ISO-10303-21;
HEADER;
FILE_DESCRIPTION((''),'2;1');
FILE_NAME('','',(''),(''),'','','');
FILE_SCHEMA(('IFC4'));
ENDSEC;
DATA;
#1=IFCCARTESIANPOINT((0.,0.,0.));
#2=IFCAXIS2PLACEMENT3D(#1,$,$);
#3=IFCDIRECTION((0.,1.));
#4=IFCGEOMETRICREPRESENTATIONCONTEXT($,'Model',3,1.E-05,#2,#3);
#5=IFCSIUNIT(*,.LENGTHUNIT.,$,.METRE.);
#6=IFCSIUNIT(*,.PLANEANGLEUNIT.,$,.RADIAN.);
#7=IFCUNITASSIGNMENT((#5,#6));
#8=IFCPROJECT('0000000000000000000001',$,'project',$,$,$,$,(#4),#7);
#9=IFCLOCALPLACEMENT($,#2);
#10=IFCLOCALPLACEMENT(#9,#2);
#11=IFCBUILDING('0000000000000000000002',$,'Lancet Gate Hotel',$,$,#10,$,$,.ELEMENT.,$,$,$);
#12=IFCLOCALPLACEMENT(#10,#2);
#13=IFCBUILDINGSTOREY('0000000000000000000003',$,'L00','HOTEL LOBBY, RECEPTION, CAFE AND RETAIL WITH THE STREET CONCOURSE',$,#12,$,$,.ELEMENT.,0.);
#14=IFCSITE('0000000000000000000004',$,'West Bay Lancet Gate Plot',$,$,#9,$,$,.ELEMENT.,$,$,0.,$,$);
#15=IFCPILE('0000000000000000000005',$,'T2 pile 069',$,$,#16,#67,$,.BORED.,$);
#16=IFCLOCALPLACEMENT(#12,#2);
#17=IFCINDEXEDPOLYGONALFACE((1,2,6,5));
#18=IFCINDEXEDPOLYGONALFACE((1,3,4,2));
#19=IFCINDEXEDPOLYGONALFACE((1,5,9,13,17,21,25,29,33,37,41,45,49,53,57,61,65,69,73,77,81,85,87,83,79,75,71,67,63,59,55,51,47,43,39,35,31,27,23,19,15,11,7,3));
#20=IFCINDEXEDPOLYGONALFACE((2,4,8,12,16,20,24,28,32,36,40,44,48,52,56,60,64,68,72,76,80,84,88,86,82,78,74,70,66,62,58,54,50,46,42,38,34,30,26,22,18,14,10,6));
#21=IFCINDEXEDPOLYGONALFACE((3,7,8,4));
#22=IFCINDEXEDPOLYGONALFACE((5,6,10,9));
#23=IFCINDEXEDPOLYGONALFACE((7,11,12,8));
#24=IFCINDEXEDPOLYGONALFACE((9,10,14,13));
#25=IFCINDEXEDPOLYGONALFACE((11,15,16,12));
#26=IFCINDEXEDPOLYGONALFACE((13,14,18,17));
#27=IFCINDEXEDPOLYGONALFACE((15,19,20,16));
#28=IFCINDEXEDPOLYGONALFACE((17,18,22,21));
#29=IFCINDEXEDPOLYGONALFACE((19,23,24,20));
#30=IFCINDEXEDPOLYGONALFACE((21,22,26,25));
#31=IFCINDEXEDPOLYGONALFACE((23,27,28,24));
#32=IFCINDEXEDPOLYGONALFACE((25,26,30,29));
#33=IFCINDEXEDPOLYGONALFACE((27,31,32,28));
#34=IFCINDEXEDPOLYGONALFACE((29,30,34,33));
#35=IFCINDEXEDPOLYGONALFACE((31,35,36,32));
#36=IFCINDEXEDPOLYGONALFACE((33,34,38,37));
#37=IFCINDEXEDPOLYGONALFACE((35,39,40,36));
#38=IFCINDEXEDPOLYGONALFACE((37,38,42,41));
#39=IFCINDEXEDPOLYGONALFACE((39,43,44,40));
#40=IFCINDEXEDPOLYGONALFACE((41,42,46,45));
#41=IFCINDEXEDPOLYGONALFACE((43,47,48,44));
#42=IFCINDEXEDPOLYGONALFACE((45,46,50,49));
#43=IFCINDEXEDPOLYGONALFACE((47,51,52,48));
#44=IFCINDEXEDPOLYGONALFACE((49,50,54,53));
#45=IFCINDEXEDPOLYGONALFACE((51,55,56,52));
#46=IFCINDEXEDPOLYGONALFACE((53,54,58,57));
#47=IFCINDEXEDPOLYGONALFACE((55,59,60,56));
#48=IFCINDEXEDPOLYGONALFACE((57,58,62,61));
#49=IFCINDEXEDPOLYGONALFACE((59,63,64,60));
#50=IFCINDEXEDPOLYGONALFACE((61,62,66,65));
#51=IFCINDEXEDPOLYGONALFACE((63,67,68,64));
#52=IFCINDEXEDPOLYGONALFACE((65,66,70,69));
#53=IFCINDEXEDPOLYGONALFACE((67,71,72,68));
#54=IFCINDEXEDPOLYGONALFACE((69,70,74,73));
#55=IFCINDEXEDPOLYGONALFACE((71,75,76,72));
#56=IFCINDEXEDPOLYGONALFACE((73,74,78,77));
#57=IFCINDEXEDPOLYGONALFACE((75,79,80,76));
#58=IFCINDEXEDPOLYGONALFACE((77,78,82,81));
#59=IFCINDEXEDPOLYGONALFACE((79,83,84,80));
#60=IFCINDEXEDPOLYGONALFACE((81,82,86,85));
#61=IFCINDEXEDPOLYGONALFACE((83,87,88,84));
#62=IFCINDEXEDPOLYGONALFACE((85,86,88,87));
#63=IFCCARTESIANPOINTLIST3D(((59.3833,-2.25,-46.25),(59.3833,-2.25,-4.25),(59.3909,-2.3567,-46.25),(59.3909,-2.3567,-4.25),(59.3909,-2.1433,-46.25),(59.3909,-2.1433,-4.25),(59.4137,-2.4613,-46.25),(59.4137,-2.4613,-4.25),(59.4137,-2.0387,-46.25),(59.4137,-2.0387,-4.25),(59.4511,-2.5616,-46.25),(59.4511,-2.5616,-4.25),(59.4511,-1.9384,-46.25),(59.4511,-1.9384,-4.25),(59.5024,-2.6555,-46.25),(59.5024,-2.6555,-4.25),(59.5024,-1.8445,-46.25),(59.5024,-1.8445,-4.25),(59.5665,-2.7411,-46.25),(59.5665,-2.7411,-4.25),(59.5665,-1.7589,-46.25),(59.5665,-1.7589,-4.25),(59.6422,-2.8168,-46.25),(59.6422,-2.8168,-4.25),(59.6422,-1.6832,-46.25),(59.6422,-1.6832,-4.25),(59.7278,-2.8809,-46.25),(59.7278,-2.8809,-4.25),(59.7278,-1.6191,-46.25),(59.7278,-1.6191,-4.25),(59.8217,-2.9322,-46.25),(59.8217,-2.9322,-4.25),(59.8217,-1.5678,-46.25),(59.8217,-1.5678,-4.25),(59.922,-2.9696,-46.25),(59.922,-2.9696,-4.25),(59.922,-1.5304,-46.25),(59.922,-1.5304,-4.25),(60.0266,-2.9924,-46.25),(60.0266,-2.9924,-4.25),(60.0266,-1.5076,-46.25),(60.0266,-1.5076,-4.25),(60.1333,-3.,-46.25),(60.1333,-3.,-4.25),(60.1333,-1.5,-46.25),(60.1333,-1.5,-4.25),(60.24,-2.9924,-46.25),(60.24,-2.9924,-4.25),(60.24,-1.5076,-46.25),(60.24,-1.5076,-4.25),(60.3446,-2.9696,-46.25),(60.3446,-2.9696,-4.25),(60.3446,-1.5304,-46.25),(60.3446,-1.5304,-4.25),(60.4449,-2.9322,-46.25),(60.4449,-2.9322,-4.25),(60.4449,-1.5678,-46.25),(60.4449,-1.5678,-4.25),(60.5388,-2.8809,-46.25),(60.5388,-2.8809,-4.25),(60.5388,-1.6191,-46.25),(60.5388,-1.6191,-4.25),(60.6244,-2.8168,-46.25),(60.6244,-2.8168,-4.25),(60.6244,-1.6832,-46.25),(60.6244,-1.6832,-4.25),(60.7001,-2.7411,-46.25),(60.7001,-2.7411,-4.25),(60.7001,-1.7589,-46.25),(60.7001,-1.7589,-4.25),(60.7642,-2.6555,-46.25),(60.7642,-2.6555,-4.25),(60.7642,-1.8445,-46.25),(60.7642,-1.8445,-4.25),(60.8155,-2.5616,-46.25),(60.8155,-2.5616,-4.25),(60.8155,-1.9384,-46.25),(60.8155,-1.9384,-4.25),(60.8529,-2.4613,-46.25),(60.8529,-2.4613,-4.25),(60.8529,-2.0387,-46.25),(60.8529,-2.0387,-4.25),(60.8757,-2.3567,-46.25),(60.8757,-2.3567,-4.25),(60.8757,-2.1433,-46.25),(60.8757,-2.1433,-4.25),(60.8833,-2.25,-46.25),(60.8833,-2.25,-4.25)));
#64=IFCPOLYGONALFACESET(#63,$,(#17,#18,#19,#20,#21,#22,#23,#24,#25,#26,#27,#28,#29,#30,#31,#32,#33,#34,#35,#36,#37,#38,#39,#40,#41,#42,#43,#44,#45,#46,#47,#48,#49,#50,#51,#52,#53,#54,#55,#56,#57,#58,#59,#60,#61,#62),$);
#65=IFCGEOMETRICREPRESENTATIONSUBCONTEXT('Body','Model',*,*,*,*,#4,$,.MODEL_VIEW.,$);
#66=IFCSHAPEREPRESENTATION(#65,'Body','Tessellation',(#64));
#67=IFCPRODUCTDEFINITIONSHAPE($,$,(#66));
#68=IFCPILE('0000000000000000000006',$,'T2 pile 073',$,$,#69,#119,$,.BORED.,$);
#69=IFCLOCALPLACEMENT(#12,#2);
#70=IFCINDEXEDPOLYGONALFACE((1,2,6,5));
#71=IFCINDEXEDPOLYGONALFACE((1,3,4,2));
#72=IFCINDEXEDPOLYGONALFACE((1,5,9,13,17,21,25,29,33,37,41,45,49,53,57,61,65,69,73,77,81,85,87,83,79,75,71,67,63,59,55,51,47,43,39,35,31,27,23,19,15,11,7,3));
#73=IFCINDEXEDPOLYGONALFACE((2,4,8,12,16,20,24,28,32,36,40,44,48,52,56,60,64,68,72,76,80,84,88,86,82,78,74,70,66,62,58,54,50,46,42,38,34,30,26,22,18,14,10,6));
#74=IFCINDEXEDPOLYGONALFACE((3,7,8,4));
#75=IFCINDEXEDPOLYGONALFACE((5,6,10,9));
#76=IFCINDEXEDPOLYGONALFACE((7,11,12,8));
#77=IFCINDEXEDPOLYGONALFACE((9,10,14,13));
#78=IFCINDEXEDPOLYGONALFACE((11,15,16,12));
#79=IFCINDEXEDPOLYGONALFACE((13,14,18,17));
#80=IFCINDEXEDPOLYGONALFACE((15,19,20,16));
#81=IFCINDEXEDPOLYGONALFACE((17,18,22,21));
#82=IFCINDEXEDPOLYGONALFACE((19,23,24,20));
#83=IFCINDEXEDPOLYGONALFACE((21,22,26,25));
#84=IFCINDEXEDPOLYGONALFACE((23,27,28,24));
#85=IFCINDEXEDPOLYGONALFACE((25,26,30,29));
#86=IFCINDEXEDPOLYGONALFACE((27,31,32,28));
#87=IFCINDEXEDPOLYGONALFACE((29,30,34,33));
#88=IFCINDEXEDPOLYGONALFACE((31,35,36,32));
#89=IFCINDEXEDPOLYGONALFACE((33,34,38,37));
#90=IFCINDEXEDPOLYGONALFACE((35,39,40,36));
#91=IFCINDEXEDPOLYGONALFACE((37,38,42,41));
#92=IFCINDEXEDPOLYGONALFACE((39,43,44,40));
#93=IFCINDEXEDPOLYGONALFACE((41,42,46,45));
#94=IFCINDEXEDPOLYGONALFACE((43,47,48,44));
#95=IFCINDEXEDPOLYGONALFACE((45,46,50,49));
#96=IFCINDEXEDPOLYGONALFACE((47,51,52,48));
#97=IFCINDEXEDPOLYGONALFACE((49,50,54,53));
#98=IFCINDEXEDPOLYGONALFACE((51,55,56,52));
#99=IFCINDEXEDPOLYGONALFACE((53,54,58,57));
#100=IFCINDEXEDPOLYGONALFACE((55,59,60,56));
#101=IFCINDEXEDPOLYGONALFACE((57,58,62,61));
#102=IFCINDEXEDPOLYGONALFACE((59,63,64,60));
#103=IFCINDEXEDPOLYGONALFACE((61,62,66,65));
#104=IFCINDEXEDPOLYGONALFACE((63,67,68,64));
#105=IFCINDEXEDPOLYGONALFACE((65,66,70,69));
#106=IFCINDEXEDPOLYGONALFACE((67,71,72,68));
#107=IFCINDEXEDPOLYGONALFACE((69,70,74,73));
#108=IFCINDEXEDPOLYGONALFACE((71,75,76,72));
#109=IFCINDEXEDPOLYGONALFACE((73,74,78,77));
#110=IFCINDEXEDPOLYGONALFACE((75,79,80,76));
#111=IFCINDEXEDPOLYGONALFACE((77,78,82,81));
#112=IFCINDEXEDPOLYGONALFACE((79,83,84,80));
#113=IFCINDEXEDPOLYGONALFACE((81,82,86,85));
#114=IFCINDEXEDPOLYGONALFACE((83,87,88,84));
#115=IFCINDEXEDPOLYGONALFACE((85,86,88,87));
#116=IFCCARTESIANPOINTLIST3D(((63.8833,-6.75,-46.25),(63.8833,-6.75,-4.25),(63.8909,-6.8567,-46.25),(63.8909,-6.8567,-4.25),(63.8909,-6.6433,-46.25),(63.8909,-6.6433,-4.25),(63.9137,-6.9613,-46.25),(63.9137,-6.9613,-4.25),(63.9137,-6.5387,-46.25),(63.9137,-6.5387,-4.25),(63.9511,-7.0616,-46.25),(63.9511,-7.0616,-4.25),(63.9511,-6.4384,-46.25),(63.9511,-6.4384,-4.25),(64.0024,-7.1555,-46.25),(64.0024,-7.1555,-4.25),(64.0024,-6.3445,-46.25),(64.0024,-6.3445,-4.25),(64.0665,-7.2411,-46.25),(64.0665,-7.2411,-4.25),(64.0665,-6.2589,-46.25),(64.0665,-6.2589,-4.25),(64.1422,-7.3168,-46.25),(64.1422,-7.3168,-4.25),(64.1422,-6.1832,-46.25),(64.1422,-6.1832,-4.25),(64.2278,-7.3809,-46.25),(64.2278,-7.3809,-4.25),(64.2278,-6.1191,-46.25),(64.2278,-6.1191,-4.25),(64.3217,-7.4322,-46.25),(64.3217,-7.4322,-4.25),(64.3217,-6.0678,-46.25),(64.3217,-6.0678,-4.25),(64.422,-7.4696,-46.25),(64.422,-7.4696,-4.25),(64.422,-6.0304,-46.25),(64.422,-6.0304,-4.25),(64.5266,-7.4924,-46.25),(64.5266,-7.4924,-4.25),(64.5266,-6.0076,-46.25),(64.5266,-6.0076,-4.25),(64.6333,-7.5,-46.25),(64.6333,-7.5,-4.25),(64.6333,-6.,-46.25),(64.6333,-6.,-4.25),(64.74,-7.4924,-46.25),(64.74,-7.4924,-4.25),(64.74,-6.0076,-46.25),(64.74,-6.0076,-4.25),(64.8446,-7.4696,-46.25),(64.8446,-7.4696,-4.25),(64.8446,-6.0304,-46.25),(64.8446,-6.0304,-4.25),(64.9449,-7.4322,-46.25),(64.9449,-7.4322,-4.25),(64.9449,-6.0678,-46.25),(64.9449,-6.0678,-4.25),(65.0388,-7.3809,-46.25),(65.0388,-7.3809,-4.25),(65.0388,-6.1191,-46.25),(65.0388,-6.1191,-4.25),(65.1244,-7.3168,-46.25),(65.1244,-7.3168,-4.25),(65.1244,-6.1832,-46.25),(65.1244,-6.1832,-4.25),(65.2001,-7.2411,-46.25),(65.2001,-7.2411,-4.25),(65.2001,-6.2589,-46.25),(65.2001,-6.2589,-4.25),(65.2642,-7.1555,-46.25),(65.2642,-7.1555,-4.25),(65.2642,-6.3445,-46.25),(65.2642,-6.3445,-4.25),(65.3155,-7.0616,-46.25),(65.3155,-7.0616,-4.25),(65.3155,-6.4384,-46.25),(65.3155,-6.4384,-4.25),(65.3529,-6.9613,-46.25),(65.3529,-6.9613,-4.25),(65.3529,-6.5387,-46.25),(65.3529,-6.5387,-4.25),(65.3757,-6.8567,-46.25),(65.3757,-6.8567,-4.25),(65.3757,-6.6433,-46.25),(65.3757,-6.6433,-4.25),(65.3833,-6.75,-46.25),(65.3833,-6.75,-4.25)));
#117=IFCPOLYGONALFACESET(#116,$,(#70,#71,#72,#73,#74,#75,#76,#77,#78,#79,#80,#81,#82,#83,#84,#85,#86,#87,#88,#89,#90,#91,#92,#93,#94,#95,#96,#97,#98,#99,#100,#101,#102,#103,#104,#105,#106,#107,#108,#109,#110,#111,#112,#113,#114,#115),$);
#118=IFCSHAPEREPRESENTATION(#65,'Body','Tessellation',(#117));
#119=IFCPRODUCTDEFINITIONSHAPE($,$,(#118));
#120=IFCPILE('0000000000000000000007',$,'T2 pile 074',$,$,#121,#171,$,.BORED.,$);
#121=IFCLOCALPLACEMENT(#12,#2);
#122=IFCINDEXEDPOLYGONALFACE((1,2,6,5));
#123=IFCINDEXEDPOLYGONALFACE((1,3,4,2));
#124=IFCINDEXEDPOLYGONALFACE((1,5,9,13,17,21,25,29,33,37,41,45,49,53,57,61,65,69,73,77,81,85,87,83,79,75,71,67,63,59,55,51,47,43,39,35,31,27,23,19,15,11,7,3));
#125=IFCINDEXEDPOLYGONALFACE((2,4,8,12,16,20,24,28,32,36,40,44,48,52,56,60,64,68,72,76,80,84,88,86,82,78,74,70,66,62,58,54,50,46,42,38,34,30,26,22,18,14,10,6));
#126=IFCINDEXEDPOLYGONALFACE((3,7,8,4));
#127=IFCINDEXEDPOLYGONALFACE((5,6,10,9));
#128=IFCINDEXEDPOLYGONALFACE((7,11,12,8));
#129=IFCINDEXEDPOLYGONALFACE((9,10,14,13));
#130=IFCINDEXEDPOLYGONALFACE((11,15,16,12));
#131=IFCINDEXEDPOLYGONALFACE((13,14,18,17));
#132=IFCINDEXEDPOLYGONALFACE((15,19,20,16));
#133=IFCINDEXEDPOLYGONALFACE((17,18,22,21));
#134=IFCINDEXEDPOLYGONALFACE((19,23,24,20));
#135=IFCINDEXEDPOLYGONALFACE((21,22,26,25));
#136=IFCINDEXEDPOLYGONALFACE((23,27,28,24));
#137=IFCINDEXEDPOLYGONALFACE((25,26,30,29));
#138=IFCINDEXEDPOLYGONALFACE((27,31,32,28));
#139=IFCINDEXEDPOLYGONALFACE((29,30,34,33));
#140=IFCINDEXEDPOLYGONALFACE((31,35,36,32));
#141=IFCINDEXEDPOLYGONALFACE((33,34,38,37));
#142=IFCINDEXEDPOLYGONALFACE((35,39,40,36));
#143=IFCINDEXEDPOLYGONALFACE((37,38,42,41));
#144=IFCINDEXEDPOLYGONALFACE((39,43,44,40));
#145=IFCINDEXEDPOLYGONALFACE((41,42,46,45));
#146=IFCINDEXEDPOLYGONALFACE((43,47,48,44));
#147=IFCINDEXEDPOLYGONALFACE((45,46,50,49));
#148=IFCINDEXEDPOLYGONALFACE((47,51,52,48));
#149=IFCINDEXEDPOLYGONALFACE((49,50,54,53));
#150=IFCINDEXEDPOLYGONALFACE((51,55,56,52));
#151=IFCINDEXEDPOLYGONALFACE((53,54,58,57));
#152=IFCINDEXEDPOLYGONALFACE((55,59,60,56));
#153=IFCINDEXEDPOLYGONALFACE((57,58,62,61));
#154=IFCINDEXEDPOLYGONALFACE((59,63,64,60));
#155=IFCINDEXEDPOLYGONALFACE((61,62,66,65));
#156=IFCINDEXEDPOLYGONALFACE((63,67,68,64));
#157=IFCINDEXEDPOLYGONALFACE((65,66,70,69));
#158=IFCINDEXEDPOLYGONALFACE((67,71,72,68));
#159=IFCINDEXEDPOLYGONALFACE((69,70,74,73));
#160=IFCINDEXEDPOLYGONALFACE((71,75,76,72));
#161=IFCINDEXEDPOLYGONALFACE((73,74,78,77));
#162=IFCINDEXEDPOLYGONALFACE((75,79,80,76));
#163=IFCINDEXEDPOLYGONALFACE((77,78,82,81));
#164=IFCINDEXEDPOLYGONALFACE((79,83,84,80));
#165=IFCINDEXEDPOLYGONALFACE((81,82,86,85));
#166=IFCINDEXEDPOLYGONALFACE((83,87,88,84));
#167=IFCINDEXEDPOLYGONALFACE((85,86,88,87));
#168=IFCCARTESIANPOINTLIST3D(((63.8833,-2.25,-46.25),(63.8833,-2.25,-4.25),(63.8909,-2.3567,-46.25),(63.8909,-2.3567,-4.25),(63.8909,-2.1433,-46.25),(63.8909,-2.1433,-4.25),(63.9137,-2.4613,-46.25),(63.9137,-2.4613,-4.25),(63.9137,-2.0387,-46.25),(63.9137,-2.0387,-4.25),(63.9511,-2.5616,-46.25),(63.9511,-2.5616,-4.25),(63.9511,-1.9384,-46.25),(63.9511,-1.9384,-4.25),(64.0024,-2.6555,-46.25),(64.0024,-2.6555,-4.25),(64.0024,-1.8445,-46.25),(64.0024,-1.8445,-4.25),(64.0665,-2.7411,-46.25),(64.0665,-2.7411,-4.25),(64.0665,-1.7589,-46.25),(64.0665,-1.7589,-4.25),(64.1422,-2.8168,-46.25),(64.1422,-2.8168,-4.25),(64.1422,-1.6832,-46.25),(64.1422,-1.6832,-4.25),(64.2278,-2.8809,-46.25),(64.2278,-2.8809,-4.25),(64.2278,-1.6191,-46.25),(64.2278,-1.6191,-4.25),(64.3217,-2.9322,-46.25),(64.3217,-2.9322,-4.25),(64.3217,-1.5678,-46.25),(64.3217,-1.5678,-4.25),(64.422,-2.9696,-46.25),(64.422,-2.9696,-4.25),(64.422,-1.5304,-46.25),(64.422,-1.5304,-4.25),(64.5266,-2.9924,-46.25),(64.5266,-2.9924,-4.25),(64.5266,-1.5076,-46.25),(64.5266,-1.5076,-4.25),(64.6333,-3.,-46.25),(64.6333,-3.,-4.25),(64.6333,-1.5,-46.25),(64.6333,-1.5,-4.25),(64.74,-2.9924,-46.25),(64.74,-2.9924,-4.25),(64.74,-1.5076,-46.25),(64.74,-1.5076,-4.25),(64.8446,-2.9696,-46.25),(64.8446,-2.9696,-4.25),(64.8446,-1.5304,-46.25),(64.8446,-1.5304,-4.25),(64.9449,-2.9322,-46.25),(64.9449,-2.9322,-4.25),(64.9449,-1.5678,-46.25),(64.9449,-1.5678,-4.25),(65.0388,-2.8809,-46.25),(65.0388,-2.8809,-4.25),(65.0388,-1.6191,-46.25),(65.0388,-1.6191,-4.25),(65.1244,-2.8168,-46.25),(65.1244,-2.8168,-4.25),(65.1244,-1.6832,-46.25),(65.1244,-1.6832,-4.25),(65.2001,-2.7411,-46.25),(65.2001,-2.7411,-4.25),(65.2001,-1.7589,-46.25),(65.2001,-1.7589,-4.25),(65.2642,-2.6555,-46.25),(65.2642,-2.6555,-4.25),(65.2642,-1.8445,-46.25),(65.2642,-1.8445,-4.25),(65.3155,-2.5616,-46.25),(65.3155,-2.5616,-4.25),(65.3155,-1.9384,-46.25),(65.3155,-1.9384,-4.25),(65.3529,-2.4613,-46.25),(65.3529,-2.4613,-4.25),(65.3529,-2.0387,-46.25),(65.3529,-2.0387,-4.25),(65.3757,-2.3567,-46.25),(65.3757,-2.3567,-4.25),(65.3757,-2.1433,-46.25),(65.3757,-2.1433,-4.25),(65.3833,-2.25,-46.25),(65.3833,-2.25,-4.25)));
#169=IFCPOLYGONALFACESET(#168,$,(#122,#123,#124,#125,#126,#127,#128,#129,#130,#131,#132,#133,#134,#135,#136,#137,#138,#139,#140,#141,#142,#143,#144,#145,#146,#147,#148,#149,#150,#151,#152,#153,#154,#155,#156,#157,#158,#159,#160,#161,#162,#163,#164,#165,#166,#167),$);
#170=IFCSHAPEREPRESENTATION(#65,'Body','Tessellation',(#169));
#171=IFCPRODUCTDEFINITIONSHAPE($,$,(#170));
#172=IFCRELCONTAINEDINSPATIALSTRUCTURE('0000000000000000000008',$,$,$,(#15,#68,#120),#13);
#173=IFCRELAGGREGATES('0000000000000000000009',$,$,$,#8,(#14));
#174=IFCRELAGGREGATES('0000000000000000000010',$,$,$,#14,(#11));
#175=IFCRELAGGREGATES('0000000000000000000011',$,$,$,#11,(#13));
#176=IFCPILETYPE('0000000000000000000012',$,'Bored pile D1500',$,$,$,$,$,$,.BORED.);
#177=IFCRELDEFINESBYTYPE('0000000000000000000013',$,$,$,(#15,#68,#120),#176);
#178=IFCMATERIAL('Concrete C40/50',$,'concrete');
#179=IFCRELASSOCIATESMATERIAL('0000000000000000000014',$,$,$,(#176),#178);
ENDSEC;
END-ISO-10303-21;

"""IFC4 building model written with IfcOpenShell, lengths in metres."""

from ifc_helpers import new_model, si_unit, direction, frame, origin, origin_2d, place, context, subcontext, project, spatial, circle, extrude, material, material_profile, profile_set, type_object, element, save


model = new_model("IFC4")

# Units and contexts
model_context = context("Model", 3, precision=1e-05, world=origin(), true_north=direction((0.0, 1.0)))
body_context = subcontext(model_context, "Body", "Model", "MODEL_VIEW")
ifc_project = project(units=[si_unit("LENGTHUNIT", "METRE"), si_unit("PLANEANGLEUNIT", "RADIAN")], contexts=[model_context])

# Site, building, storey
site_placement = place(None, origin())
site = spatial("IfcSite", under=ifc_project, at=site_placement, Name="West Bay Lancet Gate Plot", CompositionType="ELEMENT", RefElevation=0.0)
building_placement = place(site_placement, origin())
building = spatial("IfcBuilding", under=site, at=building_placement, Name="Lancet Gate Hotel", CompositionType="ELEMENT")
storey_placement = place(building_placement, origin())
storey = spatial("IfcBuildingStorey", under=building, at=storey_placement, Name="L00", Description="HOTEL LOBBY, RECEPTION, CAFE AND RETAIL WITH THE STREET CONCOURSE", CompositionType="ELEMENT", Elevation=0.0)

# Piles
ifc_material_1 = material(Name="Concrete C40/50", Category="concrete")
ifc_material_profile_1 = material_profile(ifc_material_1, circle(Radius=0.75, at=origin_2d()), Name="PILE D1500")
ifc_profile_set_1 = profile_set([ifc_material_profile_1], Name="Concrete C40/50")
pile_type = type_object("IfcPileType", Name="Bored pile D1500", PredefinedType="BORED", material=ifc_profile_set_1)
for number, where, z_axis, x_axis, name in (
    (1, (60.1333, -2.25, -4.25), (0.0, 0.0, -1.0), (1.0, 0.0, 0.0), "T2 pile 069"),
    (2, (64.6333, -6.75, -4.25), (0.0, 0.0, -1.0), (1.0, 0.0, 0.0), "T2 pile 073"),
    (3, (64.6333, -2.25, -4.25), (0.0, 0.0, -1.0), (1.0, 0.0, 0.0), "T2 pile 074"),
):
    element("IfcPile", number, at=place(storey_placement, frame(where, z_axis=z_axis, x_axis=x_axis)), inside=storey, type_object=pile_type, Name=name, PredefinedType="BORED", context=body_context, shape_type="SweptSolid", body=[
        extrude(circle(Radius=0.75, at=origin_2d()), origin(), (0.0, 0.0, 1.0), 42.0),
    ])

save(model, "model.ifc")
